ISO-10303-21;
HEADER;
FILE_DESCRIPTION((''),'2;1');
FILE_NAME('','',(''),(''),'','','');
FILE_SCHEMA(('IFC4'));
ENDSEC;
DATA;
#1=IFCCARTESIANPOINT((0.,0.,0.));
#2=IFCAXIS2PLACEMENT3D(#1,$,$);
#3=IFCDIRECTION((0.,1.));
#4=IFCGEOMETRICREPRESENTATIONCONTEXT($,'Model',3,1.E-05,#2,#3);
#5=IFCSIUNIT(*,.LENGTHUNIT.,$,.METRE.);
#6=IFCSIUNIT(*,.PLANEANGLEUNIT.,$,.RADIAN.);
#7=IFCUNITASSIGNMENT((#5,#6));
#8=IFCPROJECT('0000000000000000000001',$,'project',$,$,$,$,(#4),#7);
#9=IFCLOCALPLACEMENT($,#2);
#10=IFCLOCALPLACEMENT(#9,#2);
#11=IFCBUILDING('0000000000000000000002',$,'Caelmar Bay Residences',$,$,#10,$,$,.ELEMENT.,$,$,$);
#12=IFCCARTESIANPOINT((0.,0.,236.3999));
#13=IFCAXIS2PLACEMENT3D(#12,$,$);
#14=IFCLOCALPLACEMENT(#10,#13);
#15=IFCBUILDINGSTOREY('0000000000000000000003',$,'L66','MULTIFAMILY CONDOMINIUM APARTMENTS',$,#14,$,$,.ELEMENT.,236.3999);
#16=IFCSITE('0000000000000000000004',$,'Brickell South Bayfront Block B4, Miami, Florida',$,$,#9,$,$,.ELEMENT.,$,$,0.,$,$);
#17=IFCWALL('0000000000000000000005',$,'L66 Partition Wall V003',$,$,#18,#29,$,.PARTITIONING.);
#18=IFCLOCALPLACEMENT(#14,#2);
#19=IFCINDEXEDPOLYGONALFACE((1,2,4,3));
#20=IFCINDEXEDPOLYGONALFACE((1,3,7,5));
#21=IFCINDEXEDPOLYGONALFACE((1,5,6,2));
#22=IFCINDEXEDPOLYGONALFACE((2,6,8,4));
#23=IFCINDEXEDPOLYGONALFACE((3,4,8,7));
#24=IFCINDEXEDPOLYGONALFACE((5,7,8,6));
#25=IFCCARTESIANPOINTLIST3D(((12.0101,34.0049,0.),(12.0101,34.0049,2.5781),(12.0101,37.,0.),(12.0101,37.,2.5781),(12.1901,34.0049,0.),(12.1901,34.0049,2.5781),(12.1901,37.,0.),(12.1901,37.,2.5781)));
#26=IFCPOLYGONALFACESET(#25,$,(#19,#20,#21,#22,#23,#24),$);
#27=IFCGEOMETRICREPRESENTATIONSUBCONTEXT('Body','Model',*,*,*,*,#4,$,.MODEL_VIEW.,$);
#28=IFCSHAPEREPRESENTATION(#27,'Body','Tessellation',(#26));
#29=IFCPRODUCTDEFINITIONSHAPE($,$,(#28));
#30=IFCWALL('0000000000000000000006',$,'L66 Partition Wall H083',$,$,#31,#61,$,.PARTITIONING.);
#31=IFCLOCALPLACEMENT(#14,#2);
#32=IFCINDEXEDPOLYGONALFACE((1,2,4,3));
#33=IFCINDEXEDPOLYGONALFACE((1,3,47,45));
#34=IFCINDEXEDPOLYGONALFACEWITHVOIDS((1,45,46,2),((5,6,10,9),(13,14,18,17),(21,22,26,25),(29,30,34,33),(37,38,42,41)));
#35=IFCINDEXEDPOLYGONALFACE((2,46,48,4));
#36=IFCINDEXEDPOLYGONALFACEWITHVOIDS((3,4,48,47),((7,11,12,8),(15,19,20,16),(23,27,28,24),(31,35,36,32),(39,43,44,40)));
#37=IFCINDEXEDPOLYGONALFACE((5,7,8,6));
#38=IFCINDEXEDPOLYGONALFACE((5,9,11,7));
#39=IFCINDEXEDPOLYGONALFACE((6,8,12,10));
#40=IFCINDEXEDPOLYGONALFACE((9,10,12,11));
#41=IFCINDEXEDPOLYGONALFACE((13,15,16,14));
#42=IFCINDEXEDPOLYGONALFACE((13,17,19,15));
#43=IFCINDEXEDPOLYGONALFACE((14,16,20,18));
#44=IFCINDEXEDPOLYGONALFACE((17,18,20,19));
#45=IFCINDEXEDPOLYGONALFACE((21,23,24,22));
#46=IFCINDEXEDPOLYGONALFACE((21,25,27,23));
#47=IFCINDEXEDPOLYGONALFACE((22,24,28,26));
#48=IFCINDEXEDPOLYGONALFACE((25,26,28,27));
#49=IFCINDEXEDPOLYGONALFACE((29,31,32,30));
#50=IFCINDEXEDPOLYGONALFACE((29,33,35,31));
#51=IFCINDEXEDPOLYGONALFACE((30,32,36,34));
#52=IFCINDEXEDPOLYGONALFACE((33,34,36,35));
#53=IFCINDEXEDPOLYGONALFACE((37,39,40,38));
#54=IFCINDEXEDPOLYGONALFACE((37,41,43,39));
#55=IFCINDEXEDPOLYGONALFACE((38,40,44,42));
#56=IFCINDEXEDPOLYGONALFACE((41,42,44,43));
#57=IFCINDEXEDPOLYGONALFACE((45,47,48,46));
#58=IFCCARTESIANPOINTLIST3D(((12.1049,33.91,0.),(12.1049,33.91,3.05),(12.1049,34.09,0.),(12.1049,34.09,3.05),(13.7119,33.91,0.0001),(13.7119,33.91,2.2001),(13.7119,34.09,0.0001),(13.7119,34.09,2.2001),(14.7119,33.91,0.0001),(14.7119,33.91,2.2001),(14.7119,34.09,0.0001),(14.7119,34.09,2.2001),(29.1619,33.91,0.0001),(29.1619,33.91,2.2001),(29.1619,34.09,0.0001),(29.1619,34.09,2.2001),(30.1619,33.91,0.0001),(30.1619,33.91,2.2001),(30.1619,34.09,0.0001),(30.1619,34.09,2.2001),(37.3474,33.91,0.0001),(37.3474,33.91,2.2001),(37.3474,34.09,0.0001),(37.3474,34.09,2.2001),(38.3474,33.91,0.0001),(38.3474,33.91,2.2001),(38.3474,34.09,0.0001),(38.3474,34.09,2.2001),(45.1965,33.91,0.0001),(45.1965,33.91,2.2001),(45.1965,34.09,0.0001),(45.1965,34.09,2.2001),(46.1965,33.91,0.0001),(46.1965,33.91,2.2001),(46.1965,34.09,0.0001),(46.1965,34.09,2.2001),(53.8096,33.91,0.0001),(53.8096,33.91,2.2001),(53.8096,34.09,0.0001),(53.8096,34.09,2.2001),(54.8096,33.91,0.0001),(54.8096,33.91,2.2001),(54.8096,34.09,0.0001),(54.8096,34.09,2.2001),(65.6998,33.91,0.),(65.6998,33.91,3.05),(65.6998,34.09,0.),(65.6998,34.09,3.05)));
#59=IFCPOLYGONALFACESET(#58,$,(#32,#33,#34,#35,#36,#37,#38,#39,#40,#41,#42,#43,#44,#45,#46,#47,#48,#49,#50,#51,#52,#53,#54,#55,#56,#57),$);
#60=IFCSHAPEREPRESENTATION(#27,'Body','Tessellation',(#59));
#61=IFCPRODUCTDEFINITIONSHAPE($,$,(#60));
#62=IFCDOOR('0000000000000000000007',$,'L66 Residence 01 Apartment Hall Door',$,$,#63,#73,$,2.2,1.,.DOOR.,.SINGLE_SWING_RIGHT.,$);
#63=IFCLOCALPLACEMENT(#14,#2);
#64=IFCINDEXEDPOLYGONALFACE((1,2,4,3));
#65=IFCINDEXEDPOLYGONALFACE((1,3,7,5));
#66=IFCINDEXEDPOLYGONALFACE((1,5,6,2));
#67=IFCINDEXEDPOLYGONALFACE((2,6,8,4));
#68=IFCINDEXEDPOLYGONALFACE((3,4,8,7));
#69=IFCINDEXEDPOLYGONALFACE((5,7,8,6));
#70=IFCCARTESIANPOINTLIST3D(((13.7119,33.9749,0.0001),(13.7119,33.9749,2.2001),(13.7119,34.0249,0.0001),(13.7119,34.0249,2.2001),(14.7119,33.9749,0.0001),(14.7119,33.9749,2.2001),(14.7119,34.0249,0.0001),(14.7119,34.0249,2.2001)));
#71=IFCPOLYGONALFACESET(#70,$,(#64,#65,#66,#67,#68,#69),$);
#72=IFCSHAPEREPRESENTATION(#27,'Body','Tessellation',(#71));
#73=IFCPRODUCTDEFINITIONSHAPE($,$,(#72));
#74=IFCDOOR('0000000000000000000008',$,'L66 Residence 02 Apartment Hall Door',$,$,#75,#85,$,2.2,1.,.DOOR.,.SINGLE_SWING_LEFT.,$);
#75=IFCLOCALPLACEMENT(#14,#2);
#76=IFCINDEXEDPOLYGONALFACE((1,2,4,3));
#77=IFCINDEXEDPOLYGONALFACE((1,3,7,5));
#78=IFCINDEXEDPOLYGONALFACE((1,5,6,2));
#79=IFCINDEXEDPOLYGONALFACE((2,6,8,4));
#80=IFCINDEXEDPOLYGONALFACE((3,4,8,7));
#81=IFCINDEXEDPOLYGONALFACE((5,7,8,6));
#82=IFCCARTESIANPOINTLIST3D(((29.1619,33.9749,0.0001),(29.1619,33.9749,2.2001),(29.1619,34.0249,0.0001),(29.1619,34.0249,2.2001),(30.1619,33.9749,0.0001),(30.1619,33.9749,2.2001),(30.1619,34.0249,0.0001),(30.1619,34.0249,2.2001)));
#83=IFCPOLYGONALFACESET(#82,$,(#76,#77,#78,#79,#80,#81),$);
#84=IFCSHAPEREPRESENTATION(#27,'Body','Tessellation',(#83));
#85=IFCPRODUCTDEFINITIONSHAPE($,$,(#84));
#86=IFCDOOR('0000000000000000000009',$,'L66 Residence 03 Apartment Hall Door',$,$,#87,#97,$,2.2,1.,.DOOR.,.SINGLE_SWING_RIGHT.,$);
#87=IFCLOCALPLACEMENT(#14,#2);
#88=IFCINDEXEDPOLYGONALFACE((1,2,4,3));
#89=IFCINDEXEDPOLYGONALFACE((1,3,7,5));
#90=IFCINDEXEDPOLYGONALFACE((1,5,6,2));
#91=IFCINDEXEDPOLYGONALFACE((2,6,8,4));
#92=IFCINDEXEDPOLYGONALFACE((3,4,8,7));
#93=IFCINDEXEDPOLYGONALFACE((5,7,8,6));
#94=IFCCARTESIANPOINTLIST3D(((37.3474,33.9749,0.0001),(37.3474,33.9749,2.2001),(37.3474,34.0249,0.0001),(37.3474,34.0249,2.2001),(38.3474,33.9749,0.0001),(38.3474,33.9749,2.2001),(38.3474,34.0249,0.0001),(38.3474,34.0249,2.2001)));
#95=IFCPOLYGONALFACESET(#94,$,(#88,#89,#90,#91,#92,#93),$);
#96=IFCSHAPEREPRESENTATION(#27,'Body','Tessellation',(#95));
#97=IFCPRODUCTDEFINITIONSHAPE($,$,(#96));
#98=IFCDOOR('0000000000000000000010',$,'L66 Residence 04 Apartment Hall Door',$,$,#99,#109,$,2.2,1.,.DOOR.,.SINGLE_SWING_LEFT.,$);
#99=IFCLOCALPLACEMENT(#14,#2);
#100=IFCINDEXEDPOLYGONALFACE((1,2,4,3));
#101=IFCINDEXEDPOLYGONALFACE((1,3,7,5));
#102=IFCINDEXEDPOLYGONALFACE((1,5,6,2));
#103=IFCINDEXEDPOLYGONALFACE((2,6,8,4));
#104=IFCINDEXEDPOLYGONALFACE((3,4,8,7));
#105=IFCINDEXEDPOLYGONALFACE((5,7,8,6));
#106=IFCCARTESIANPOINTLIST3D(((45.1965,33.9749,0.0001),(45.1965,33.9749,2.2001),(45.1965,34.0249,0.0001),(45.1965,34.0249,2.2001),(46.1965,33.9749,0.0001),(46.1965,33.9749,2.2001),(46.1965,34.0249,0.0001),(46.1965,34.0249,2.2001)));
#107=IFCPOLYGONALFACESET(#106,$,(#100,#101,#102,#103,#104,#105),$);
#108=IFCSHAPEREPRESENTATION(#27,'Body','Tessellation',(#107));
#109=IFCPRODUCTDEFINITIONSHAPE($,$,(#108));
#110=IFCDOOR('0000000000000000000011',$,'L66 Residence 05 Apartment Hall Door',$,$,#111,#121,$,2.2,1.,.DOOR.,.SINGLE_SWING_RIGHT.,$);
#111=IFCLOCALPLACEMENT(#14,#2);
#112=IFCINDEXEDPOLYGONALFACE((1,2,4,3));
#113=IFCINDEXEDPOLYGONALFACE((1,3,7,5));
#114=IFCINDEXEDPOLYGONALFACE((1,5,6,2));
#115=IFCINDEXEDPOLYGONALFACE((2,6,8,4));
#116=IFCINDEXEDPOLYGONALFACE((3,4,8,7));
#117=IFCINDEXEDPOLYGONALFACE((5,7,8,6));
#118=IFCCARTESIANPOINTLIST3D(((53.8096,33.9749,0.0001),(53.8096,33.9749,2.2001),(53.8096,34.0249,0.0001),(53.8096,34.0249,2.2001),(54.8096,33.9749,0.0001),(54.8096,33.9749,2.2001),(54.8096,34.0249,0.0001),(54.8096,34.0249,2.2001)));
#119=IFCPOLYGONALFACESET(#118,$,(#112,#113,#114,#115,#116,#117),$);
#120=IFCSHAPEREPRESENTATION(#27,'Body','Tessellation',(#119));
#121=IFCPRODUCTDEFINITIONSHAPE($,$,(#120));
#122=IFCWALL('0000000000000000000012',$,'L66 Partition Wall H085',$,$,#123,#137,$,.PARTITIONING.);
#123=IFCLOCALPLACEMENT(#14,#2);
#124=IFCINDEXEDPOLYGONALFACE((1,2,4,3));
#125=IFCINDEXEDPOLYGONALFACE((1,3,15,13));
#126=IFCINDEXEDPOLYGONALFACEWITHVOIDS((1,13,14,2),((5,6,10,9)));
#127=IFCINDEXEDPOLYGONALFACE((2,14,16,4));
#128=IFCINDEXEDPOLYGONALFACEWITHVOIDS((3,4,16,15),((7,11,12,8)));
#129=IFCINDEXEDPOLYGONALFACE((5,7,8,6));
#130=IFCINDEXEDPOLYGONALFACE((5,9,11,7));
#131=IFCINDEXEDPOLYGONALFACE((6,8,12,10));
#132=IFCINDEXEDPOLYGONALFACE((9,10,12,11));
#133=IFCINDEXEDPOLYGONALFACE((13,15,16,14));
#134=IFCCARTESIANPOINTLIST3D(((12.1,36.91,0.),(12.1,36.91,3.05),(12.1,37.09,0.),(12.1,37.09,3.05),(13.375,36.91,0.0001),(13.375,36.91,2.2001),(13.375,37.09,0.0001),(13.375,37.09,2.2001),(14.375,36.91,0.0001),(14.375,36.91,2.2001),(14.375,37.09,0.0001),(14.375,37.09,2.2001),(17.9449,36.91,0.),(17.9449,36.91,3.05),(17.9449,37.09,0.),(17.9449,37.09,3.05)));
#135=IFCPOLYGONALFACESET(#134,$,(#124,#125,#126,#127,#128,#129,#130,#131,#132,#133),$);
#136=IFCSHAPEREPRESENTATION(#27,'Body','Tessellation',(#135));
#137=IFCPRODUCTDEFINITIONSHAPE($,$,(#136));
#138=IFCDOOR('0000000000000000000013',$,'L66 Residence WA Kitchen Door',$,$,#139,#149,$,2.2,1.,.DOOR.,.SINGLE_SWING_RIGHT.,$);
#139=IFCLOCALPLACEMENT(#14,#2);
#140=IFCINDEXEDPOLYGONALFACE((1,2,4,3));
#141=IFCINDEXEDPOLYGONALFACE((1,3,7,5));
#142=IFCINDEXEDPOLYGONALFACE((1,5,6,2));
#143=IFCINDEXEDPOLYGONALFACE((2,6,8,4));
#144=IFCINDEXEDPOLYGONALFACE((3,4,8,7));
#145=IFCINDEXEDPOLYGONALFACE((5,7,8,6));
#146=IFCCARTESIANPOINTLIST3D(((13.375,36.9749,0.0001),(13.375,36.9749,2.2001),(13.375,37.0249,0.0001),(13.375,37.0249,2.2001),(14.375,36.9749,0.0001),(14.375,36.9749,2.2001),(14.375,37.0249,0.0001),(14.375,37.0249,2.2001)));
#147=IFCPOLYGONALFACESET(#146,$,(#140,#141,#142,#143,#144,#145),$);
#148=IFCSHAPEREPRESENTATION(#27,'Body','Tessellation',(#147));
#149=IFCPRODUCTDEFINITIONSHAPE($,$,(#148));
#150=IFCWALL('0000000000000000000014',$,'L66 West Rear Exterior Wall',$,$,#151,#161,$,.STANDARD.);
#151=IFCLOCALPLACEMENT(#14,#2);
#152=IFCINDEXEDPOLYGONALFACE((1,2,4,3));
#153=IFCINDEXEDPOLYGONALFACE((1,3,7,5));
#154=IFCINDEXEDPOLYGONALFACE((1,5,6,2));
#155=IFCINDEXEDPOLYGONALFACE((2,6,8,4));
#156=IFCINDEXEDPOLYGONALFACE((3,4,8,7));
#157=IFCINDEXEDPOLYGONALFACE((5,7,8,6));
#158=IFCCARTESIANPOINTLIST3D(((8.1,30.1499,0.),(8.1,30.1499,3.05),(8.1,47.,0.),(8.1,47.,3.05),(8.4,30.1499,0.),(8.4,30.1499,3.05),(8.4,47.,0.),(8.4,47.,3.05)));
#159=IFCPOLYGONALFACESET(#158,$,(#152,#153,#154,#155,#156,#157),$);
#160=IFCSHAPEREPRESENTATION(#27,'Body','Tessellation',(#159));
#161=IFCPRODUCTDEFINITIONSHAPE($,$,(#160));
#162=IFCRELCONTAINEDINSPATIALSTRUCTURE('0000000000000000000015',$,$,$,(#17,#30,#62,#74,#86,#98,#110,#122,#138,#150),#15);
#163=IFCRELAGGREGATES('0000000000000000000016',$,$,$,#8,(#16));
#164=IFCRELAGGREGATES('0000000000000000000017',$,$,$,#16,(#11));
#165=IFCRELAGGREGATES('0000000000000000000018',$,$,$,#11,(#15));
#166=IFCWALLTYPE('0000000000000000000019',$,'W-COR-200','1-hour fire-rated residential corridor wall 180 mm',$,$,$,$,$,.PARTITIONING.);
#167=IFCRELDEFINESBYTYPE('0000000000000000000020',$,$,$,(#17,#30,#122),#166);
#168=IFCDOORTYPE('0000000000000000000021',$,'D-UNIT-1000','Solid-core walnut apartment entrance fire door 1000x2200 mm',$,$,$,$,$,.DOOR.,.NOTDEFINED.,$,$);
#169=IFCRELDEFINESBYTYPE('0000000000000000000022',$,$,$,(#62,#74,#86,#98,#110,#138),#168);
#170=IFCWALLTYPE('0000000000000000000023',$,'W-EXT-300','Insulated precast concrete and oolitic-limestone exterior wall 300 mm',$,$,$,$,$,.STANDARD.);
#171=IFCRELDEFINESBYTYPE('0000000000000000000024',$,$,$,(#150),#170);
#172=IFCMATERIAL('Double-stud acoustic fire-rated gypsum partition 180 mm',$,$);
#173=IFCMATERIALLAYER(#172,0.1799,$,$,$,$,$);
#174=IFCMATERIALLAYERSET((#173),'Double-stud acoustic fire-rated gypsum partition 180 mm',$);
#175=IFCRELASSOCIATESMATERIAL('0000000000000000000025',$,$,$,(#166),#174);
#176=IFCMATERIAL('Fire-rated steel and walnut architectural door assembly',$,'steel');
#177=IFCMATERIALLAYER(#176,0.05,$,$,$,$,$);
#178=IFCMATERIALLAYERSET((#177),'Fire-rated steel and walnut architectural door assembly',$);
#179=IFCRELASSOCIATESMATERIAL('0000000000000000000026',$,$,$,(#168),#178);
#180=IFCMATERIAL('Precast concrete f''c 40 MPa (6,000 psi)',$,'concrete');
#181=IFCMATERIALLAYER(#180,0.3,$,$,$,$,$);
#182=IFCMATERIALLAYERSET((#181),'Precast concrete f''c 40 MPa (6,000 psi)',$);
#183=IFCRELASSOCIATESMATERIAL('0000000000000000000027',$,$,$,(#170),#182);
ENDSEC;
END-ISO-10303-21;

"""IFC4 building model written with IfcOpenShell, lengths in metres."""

from ifc_helpers import new_model, si_unit, direction, frame, frame_2d, origin, place, context, subcontext, project, spatial, rectangle, extrude, material, layer, layer_set, type_object, element, fill, save


model = new_model("IFC4")

# Units and contexts
model_context = context("Model", 3, precision=1e-05, world=origin(), true_north=direction((0.0, 1.0)))
body_context = subcontext(model_context, "Body", "Model", "MODEL_VIEW")
ifc_project = project(units=[si_unit("LENGTHUNIT", "METRE"), si_unit("PLANEANGLEUNIT", "RADIAN")], contexts=[model_context])

# Site, building, storey
site_placement = place(None, origin())
site = spatial("IfcSite", under=ifc_project, at=site_placement, Name="Brickell South Bayfront Block B4, Miami, Florida", CompositionType="ELEMENT", RefElevation=0.0)
building_placement = place(site_placement, origin())
building = spatial("IfcBuilding", under=site, at=building_placement, Name="Caelmar Bay Residences", CompositionType="ELEMENT")
storey_placement = place(building_placement, frame((0.0, 0.0, 236.3999)))
storey = spatial("IfcBuildingStorey", under=building, at=storey_placement, Name="L66", Description="MULTIFAMILY CONDOMINIUM APARTMENTS", CompositionType="ELEMENT", Elevation=236.3999)

# Shared definitions
ifc_material_1 = material(Name="Fire-rated steel and walnut architectural door assembly", Category="steel")

# Wall
ifc_material_2 = material(Name="Double-stud acoustic fire-rated gypsum partition 180 mm")
ifc_layer_1 = layer(ifc_material_2, 0.1799)
ifc_layer_set_1 = layer_set([ifc_layer_1], Name="Double-stud acoustic fire-rated gypsum partition 180 mm")
wall_type_1 = type_object("IfcWallType", Name="W-COR-200", Description="1-hour fire-rated residential corridor wall 180 mm", PredefinedType="PARTITIONING", material=ifc_layer_set_1)
wall_1_placement = place(storey_placement, frame((12.1001, 34.0049, 0.0), z_axis=(0.0, 0.0, 1.0), x_axis=(0.0, 1.0, 0.0)))
element("IfcWall", 1, at=wall_1_placement, inside=storey, type_object=wall_type_1, Name="L66 Partition Wall V003", PredefinedType="PARTITIONING", context=body_context, shape_type="SweptSolid", body=[
    extrude(rectangle(XDim=2.9951, YDim=0.1799, at=frame_2d((1.4976, 0.0))), origin(), (0.0, 0.0, 1.0), 2.5781),
])

# Wall, openings, doors
wall_2_placement = place(storey_placement, frame((12.105, 34.0, 0.0), z_axis=(0.0, 0.0, 1.0), x_axis=(1.0, 0.0, 0.0)))
wall_2 = element("IfcWall", 2, at=wall_2_placement, inside=storey, type_object=wall_type_1, Name="L66 Partition Wall H083", PredefinedType="PARTITIONING", context=body_context, shape_type="SweptSolid", body=[
    extrude(rectangle(XDim=53.595, YDim=0.1799, at=frame_2d((26.7974, 0.0))), origin(), (0.0, 0.0, 1.0), 3.05),
])
opening_1_placement = place(wall_2_placement, frame((1.6069, 0.0, 0.0)))
opening_1 = element("IfcOpeningElement", 3, at=opening_1_placement, cuts=wall_2, PredefinedType="OPENING", context=body_context, shape_type="SweptSolid", body=[
    extrude(rectangle(XDim=1.0, YDim=2.2, at=frame_2d((0.5, 1.1001))), frame((0.0, 0.0999, 0.0), z_axis=(0.0, -1.0, 0.0), x_axis=(1.0, 0.0, 0.0)), (0.0, 0.0, 1.0), 0.2),
])
opening_2_placement = place(wall_2_placement, frame((17.0569, 0.0, 0.0)))
opening_2 = element("IfcOpeningElement", 4, at=opening_2_placement, cuts=wall_2, PredefinedType="OPENING", context=body_context, shape_type="SweptSolid", body=[
    extrude(rectangle(XDim=1.0, YDim=2.2, at=frame_2d((0.5, 1.1001))), frame((0.0, 0.0999, 0.0), z_axis=(0.0, -1.0, 0.0), x_axis=(1.0, 0.0, 0.0)), (0.0, 0.0, 1.0), 0.2),
])
opening_3_placement = place(wall_2_placement, frame((25.2424, 0.0, 0.0)))
opening_3 = element("IfcOpeningElement", 5, at=opening_3_placement, cuts=wall_2, PredefinedType="OPENING", context=body_context, shape_type="SweptSolid", body=[
    extrude(rectangle(XDim=1.0, YDim=2.2, at=frame_2d((0.5, 1.1001))), frame((0.0, 0.0999, 0.0), z_axis=(0.0, -1.0, 0.0), x_axis=(1.0, 0.0, 0.0)), (0.0, 0.0, 1.0), 0.2),
])
opening_4_placement = place(wall_2_placement, frame((33.0916, 0.0, 0.0)))
opening_4 = element("IfcOpeningElement", 6, at=opening_4_placement, cuts=wall_2, PredefinedType="OPENING", context=body_context, shape_type="SweptSolid", body=[
    extrude(rectangle(XDim=1.0, YDim=2.2, at=frame_2d((0.5, 1.1001))), frame((0.0, 0.0999, 0.0), z_axis=(0.0, -1.0, 0.0), x_axis=(1.0, 0.0, 0.0)), (0.0, 0.0, 1.0), 0.2),
])
opening_5_placement = place(wall_2_placement, frame((41.7046, 0.0, 0.0)))
opening_5 = element("IfcOpeningElement", 7, at=opening_5_placement, cuts=wall_2, PredefinedType="OPENING", context=body_context, shape_type="SweptSolid", body=[
    extrude(rectangle(XDim=1.0, YDim=2.2, at=frame_2d((0.5, 1.1001))), frame((0.0, 0.0999, 0.0), z_axis=(0.0, -1.0, 0.0), x_axis=(1.0, 0.0, 0.0)), (0.0, 0.0, 1.0), 0.2),
])
ifc_layer_2 = layer(ifc_material_1, 0.05)
ifc_layer_set_2 = layer_set([ifc_layer_2], Name="Fire-rated steel and walnut architectural door assembly")
door_type_1 = type_object("IfcDoorType", Name="D-UNIT-1000", Description="Solid-core walnut apartment entrance fire door 1000x2200 mm", OperationType="NOTDEFINED", PredefinedType="DOOR", material=ifc_layer_set_2)
door_1_placement = place(opening_1_placement, origin())
door_1 = element("IfcDoor", 8, at=door_1_placement, inside=storey, type_object=door_type_1, Name="L66 Residence 01 Apartment Hall Door", OperationType="SINGLE_SWING_RIGHT", OverallHeight=2.2, OverallWidth=1.0, PredefinedType="DOOR", context=body_context, shape_type="SweptSolid", body=[
    extrude(rectangle(XDim=1.0, YDim=2.2, at=frame_2d((0.5, 1.1001))), frame((0.0, 0.0249, 0.0), z_axis=(0.0, -1.0, 0.0), x_axis=(1.0, 0.0, 0.0)), (0.0, 0.0, 1.0), 0.05),
])
fill(opening_1, door_1)
door_2_placement = place(opening_2_placement, origin())
door_2 = element("IfcDoor", 9, at=door_2_placement, inside=storey, type_object=door_type_1, Name="L66 Residence 02 Apartment Hall Door", OperationType="SINGLE_SWING_LEFT", OverallHeight=2.2, OverallWidth=1.0, PredefinedType="DOOR", context=body_context, shape_type="SweptSolid", body=[
    extrude(rectangle(XDim=1.0, YDim=2.2, at=frame_2d((0.5, 1.1001))), frame((0.0, 0.0249, 0.0), z_axis=(0.0, -1.0, 0.0), x_axis=(1.0, 0.0, 0.0)), (0.0, 0.0, 1.0), 0.05),
])
fill(opening_2, door_2)
door_3_placement = place(opening_3_placement, origin())
door_3 = element("IfcDoor", 10, at=door_3_placement, inside=storey, type_object=door_type_1, Name="L66 Residence 03 Apartment Hall Door", OperationType="SINGLE_SWING_RIGHT", OverallHeight=2.2, OverallWidth=1.0, PredefinedType="DOOR", context=body_context, shape_type="SweptSolid", body=[
    extrude(rectangle(XDim=1.0, YDim=2.2, at=frame_2d((0.5, 1.1001))), frame((0.0, 0.0249, 0.0), z_axis=(0.0, -1.0, 0.0), x_axis=(1.0, 0.0, 0.0)), (0.0, 0.0, 1.0), 0.05),
])
fill(opening_3, door_3)
door_4_placement = place(opening_4_placement, origin())
door_4 = element("IfcDoor", 11, at=door_4_placement, inside=storey, type_object=door_type_1, Name="L66 Residence 04 Apartment Hall Door", OperationType="SINGLE_SWING_LEFT", OverallHeight=2.2, OverallWidth=1.0, PredefinedType="DOOR", context=body_context, shape_type="SweptSolid", body=[
    extrude(rectangle(XDim=1.0, YDim=2.2, at=frame_2d((0.5, 1.1001))), frame((0.0, 0.0249, 0.0), z_axis=(0.0, -1.0, 0.0), x_axis=(1.0, 0.0, 0.0)), (0.0, 0.0, 1.0), 0.05),
])
fill(opening_4, door_4)
door_5_placement = place(opening_5_placement, origin())
door_5 = element("IfcDoor", 12, at=door_5_placement, inside=storey, type_object=door_type_1, Name="L66 Residence 05 Apartment Hall Door", OperationType="SINGLE_SWING_RIGHT", OverallHeight=2.2, OverallWidth=1.0, PredefinedType="DOOR", context=body_context, shape_type="SweptSolid", body=[
    extrude(rectangle(XDim=1.0, YDim=2.2, at=frame_2d((0.5, 1.1001))), frame((0.0, 0.0249, 0.0), z_axis=(0.0, -1.0, 0.0), x_axis=(1.0, 0.0, 0.0)), (0.0, 0.0, 1.0), 0.05),
])
fill(opening_5, door_5)

# Wall, opening, door
wall_3_placement = place(storey_placement, frame((12.1001, 37.0, 0.0), z_axis=(0.0, 0.0, 1.0), x_axis=(1.0, 0.0, 0.0)))
wall_3 = element("IfcWall", 13, at=wall_3_placement, inside=storey, type_object=wall_type_1, Name="L66 Partition Wall H085", PredefinedType="PARTITIONING", context=body_context, shape_type="SweptSolid", body=[
    extrude(rectangle(XDim=5.845, YDim=0.1799, at=frame_2d((2.9224, 0.0))), origin(), (0.0, 0.0, 1.0), 3.05),
])
opening_6_placement = place(wall_3_placement, frame((1.2749, 0.0, 0.0)))
opening_6 = element("IfcOpeningElement", 14, at=opening_6_placement, cuts=wall_3, PredefinedType="OPENING", context=body_context, shape_type="SweptSolid", body=[
    extrude(rectangle(XDim=1.0, YDim=2.2, at=frame_2d((0.5, 1.1001))), frame((0.0, 0.0999, 0.0), z_axis=(0.0, -1.0, 0.0), x_axis=(1.0, 0.0, 0.0)), (0.0, 0.0, 1.0), 0.2),
])
door_6_placement = place(opening_6_placement, origin())
door_6 = element("IfcDoor", 15, at=door_6_placement, inside=storey, type_object=door_type_1, Name="L66 Residence WA Kitchen Door", OperationType="SINGLE_SWING_RIGHT", OverallHeight=2.2, OverallWidth=1.0, PredefinedType="DOOR", context=body_context, shape_type="SweptSolid", body=[
    extrude(rectangle(XDim=1.0, YDim=2.2, at=frame_2d((0.5, 1.1001))), frame((0.0, 0.0249, 0.0), z_axis=(0.0, -1.0, 0.0), x_axis=(1.0, 0.0, 0.0)), (0.0, 0.0, 1.0), 0.05),
])
fill(opening_6, door_6)

# Wall
ifc_material_3 = material(Name="Precast concrete f'c 40 MPa (6,000 psi)", Category="concrete")
ifc_layer_3 = layer(ifc_material_3, 0.3)
ifc_layer_set_3 = layer_set([ifc_layer_3], Name="Precast concrete f'c 40 MPa (6,000 psi)")
wall_type_2 = type_object("IfcWallType", Name="W-EXT-300", Description="Insulated precast concrete and oolitic-limestone exterior wall 300 mm", PredefinedType="STANDARD", material=ifc_layer_set_3)
wall_4_placement = place(storey_placement, frame((8.25, 30.1499, 0.0), z_axis=(0.0, 0.0, 1.0), x_axis=(0.0, 1.0, 0.0)))
element("IfcWall", 16, at=wall_4_placement, inside=storey, type_object=wall_type_2, Name="L66 West Rear Exterior Wall", PredefinedType="STANDARD", context=body_context, shape_type="SweptSolid", body=[
    extrude(rectangle(XDim=16.8501, YDim=0.3, at=frame_2d((8.425, 0.0))), origin(), (0.0, 0.0, 1.0), 3.05),
])

save(model, "model.ifc")
